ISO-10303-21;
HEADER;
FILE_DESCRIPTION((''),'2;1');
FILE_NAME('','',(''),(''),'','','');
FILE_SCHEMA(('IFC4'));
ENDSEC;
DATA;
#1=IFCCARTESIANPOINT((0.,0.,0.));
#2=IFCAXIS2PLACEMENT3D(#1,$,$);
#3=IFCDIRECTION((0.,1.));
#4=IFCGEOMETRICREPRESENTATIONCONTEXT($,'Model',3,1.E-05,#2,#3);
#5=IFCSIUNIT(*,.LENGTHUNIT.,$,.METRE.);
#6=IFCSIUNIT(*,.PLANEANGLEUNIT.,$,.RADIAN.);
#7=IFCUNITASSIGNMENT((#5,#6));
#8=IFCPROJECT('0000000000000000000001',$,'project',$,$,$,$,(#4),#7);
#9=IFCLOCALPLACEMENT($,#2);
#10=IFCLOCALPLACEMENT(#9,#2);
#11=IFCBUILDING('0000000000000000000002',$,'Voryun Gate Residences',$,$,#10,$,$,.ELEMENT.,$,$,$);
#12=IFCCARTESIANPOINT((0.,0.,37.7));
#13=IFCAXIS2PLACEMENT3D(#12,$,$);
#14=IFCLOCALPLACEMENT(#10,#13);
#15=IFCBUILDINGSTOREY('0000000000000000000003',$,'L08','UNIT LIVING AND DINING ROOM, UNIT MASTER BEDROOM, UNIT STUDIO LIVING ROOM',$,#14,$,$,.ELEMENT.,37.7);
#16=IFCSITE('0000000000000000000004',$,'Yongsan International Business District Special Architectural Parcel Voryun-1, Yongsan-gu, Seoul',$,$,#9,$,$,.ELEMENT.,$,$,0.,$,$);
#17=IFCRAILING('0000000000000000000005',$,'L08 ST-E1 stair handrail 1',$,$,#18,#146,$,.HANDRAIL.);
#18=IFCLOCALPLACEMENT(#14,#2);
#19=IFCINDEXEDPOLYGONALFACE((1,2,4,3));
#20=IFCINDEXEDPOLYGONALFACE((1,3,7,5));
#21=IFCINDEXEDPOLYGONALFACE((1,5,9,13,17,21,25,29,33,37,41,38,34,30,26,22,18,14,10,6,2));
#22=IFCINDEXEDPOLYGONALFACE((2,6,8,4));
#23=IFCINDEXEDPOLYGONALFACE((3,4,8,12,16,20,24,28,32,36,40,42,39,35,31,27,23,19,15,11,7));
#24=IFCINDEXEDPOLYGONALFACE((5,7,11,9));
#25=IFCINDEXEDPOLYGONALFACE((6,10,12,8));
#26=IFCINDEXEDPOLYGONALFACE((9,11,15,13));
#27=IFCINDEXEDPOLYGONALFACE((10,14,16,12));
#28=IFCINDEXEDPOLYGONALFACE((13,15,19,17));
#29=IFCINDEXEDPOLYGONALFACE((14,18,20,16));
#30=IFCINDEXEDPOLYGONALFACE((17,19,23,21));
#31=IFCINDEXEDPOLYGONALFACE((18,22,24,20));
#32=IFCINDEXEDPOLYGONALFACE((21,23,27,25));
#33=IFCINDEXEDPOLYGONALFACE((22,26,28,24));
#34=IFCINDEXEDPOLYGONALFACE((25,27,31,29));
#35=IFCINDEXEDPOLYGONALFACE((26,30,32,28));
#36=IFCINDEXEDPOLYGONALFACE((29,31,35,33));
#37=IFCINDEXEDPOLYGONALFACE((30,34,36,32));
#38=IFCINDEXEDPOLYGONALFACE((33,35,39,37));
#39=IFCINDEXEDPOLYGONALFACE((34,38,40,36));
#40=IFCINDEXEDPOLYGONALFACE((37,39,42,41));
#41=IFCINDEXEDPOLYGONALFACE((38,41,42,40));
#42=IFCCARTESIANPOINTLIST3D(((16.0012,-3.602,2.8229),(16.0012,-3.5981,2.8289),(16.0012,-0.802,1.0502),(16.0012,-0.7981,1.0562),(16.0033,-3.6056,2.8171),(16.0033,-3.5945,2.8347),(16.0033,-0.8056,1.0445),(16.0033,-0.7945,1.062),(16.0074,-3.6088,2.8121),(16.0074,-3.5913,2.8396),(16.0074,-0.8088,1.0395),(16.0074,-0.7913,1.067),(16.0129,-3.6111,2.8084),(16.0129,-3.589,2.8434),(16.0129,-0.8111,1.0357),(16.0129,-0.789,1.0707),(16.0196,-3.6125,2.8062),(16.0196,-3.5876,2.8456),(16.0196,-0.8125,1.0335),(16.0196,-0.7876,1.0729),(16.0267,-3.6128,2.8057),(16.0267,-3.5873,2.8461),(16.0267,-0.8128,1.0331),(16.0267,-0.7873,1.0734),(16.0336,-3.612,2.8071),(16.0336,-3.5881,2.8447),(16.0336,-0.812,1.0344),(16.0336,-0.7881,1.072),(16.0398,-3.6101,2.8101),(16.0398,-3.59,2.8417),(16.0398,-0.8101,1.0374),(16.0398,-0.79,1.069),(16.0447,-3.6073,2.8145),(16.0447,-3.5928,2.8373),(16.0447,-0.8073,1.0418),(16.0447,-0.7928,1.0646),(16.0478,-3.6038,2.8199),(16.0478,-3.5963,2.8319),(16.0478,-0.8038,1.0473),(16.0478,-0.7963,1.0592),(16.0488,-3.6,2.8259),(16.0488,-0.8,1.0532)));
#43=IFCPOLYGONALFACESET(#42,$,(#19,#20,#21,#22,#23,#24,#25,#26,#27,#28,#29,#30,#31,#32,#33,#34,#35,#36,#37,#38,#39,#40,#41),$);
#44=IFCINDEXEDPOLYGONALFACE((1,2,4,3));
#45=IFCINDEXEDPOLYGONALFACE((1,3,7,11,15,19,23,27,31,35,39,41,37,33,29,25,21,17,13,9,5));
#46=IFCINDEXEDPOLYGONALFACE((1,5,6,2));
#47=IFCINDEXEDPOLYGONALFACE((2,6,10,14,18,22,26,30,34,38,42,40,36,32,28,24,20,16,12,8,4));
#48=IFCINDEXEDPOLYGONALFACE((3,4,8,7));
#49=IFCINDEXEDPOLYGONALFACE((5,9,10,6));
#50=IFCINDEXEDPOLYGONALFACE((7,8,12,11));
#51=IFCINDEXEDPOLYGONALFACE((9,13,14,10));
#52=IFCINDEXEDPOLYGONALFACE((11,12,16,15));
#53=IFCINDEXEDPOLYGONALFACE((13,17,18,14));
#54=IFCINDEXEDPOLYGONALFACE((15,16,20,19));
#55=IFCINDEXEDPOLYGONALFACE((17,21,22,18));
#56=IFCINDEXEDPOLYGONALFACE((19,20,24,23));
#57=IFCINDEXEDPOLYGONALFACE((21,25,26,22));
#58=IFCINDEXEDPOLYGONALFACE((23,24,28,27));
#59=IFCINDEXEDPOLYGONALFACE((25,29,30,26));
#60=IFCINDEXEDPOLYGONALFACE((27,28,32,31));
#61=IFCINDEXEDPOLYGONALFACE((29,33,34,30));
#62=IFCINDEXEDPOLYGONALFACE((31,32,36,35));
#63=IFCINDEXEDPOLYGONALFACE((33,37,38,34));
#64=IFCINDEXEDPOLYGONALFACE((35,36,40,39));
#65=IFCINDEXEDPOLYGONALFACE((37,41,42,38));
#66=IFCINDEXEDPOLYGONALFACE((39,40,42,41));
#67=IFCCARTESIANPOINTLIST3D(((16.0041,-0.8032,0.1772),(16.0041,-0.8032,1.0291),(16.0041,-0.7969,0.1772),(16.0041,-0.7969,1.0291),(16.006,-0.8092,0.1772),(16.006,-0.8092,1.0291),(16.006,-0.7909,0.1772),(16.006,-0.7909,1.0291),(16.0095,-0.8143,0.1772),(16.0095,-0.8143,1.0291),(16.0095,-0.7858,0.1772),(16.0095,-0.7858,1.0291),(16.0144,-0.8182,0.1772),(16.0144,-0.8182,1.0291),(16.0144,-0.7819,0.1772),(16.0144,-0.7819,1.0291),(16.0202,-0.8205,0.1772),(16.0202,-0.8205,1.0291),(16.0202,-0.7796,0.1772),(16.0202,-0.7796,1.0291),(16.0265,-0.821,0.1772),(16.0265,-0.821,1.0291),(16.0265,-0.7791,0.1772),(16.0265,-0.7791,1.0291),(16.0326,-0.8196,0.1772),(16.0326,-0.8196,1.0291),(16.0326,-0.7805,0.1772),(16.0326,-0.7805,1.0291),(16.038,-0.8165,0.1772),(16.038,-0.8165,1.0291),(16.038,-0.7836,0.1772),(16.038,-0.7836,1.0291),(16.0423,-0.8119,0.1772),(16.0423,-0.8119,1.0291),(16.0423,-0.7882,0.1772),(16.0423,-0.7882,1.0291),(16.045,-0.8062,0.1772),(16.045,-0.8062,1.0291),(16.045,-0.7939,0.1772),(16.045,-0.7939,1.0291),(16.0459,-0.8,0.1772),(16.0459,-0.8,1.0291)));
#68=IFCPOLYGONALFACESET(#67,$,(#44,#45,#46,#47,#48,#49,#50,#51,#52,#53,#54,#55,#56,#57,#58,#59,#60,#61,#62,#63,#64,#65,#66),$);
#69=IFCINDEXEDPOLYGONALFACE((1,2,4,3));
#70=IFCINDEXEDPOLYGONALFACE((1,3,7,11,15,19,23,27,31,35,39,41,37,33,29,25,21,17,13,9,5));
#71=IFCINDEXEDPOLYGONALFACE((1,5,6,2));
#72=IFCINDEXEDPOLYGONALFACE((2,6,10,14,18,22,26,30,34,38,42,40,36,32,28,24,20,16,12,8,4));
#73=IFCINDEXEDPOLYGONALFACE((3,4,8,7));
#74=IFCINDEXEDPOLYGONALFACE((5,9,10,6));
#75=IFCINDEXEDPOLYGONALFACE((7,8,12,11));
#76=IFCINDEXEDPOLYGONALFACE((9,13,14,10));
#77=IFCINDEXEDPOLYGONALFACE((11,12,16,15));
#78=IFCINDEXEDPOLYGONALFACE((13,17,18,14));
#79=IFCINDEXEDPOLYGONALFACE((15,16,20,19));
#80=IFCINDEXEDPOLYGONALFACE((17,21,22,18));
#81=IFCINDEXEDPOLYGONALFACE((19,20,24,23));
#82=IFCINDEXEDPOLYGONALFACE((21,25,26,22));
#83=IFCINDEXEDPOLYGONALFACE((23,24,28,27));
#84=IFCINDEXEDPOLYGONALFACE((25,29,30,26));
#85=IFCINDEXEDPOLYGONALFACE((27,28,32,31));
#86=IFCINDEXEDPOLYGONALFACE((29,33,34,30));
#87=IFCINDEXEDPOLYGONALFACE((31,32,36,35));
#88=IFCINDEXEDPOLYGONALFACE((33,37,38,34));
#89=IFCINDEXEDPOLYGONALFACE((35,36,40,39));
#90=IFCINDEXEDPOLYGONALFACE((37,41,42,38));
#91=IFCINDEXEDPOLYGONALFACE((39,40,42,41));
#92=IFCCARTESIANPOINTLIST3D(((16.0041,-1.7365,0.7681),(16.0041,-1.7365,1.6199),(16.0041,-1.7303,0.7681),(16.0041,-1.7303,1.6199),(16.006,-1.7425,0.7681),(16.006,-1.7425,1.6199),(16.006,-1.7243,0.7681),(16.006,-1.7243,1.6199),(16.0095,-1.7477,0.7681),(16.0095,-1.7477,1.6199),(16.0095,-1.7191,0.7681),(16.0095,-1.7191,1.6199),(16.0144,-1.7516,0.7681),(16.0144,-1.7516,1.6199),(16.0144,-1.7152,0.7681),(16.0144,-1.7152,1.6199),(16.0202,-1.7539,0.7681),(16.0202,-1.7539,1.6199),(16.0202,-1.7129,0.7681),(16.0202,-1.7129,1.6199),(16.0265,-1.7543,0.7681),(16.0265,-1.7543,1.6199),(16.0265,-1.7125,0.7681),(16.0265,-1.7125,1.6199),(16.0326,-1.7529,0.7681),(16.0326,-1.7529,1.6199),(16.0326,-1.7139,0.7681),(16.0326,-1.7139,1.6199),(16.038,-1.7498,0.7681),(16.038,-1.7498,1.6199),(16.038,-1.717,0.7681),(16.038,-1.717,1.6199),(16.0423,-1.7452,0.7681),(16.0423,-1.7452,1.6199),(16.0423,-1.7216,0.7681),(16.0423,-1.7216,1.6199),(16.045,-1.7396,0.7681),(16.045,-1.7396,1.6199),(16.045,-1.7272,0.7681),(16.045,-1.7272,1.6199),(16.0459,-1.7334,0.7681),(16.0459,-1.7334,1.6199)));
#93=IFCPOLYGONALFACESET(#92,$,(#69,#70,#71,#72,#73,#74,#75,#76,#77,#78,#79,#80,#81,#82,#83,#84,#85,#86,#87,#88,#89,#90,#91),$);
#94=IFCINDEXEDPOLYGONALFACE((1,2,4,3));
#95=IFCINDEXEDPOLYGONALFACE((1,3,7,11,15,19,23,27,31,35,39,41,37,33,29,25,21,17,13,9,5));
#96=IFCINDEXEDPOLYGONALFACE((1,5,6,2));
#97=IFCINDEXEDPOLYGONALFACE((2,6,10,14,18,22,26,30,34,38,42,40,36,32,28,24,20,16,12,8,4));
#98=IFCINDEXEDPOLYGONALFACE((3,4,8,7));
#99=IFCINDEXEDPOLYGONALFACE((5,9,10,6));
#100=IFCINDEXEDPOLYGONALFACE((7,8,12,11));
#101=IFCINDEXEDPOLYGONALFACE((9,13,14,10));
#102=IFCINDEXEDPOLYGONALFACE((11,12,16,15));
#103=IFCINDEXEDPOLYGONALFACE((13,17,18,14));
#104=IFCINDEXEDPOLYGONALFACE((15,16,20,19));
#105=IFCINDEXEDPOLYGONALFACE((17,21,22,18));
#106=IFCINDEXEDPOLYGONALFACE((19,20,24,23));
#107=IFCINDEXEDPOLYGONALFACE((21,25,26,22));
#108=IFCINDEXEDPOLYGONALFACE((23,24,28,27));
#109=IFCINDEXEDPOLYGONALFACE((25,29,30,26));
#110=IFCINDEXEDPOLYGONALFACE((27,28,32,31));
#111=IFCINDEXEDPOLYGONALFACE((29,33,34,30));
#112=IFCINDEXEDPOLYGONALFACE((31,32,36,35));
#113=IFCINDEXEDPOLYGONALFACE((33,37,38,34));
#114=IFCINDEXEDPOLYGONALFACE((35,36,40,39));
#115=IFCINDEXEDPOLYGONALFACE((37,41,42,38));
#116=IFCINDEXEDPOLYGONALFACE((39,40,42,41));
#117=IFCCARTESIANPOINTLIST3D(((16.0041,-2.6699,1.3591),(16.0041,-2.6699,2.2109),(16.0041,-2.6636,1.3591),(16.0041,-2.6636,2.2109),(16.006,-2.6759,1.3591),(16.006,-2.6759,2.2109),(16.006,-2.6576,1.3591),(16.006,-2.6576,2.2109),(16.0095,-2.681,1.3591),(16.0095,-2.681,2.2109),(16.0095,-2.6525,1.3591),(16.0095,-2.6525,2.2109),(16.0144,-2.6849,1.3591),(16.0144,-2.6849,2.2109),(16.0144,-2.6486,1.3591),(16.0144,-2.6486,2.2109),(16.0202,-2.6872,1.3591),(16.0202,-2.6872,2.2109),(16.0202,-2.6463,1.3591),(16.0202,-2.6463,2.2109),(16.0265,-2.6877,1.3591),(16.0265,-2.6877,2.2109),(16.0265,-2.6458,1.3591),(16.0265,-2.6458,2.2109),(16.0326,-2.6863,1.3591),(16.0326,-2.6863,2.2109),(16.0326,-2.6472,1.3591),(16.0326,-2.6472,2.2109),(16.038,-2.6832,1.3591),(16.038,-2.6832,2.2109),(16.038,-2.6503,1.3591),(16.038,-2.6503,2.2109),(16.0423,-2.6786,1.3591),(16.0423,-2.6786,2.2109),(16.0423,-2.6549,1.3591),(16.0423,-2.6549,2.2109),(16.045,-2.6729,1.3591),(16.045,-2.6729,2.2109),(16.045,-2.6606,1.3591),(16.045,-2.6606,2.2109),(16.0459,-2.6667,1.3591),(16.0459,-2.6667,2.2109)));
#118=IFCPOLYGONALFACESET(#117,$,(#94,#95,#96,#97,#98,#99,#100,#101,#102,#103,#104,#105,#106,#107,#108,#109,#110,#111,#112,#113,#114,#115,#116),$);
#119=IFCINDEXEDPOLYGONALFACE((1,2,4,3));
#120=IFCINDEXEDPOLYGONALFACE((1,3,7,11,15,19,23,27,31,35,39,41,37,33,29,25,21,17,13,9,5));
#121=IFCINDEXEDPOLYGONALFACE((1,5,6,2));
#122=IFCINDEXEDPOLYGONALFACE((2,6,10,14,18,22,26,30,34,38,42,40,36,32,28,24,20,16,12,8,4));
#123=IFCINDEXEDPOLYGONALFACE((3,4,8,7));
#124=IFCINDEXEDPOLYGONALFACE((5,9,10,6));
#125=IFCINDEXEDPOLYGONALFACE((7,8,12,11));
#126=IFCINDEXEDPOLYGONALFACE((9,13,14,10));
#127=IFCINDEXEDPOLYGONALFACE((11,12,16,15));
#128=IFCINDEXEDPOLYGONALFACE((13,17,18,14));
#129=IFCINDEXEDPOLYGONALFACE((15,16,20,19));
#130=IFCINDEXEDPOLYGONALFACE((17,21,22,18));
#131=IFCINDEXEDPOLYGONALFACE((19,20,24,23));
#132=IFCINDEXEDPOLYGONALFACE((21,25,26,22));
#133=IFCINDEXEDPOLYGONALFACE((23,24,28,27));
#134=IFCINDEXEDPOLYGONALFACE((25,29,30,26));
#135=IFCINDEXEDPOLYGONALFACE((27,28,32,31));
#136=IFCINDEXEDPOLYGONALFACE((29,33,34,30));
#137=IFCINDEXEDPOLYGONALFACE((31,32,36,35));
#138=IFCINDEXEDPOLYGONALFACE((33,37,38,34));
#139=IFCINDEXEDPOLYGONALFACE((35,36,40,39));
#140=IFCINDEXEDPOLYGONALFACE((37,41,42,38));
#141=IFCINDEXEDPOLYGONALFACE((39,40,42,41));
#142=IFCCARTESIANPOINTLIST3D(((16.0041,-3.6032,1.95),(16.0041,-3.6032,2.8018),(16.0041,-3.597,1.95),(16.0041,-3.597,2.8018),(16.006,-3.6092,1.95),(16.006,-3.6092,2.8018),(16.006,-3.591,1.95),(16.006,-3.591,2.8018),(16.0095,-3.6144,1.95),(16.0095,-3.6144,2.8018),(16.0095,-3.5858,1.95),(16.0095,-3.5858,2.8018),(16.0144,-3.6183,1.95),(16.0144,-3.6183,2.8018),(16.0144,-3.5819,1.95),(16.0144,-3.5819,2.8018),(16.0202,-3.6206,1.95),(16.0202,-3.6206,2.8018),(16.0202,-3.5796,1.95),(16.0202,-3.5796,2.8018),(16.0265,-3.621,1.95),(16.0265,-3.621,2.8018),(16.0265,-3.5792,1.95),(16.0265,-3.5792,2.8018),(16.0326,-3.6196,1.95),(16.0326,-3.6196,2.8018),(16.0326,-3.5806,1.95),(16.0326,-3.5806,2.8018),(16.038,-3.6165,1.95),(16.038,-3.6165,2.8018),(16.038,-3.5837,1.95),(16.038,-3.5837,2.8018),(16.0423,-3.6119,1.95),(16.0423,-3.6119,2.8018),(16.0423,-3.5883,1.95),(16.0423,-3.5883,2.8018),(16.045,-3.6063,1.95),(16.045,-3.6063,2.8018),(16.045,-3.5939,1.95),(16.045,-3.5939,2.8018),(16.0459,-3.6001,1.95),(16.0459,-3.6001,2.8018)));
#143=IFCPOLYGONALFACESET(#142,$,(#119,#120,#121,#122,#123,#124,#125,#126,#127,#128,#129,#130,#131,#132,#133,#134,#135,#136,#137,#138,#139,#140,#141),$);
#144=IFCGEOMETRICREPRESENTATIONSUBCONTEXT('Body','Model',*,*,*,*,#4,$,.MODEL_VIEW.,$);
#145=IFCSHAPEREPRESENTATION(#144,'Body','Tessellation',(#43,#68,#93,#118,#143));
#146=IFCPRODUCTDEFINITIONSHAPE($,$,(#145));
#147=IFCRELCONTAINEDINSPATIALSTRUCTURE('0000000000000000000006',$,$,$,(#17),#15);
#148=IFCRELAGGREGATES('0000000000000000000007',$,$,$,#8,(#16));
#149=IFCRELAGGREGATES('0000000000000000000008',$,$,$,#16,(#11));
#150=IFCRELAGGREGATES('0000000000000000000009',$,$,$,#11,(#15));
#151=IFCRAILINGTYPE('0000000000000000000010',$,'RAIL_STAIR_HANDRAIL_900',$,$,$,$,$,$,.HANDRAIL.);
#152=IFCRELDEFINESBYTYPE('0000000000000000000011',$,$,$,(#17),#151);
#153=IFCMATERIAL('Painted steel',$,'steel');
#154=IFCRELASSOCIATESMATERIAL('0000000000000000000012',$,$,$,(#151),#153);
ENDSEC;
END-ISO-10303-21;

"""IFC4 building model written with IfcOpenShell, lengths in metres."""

from ifc_helpers import new_model, si_unit, direction, frame, origin, origin_2d, place, context, subcontext, project, spatial, circle, extrude, material, type_object, element, save


model = new_model("IFC4")

# Units and contexts
model_context = context("Model", 3, precision=1e-05, world=origin(), true_north=direction((0.0, 1.0)))
body_context = subcontext(model_context, "Body", "Model", "MODEL_VIEW")
ifc_project = project(units=[si_unit("LENGTHUNIT", "METRE"), si_unit("PLANEANGLEUNIT", "RADIAN")], contexts=[model_context])

# Site, building, storey
site_placement = place(None, origin())
site = spatial("IfcSite", under=ifc_project, at=site_placement, Name="Yongsan International Business District Special Architectural Parcel Voryun-1, Yongsan-gu, Seoul", CompositionType="ELEMENT", RefElevation=0.0)
building_placement = place(site_placement, origin())
building = spatial("IfcBuilding", under=site, at=building_placement, Name="Voryun Gate Residences", CompositionType="ELEMENT")
storey_placement = place(building_placement, frame((0.0, 0.0, 37.7)))
storey = spatial("IfcBuildingStorey", under=building, at=storey_placement, Name="L08", Description="UNIT LIVING AND DINING ROOM, UNIT MASTER BEDROOM, UNIT STUDIO LIVING ROOM", CompositionType="ELEMENT", Elevation=37.7)

# Railing
ifc_material_1 = material(Name="Painted steel", Category="steel")
railing_type_1 = type_object("IfcRailingType", Name="RAIL_STAIR_HANDRAIL_900", PredefinedType="HANDRAIL", material=ifc_material_1)
railing_1_placement = place(storey_placement, frame((16.0249, -0.8, 0.1772)))
element("IfcRailing", 1, at=railing_1_placement, inside=storey, type_object=railing_type_1, Name="L08 ST-E1 stair handrail 1", PredefinedType="HANDRAIL", context=body_context, shape_type="SweptSolid", body=[
    extrude(circle(Radius=0.0239, at=origin_2d()), frame((0.0, 0.0, 0.876), z_axis=(0.0, -0.844909, 0.53491), x_axis=(1.0, 0.0, 0.0)), (0.0, 0.0, 1.0), 3.314),
    extrude(circle(Radius=0.021, at=origin_2d()), origin(), (0.0, 0.0, 1.0), 0.8518),
    extrude(circle(Radius=0.021, at=origin_2d()), frame((0.0, -0.9333, 0.5908)), (0.0, 0.0, 1.0), 0.8518),
    extrude(circle(Radius=0.021, at=origin_2d()), frame((0.0, -1.8667, 1.1819)), (0.0, 0.0, 1.0), 0.8518),
    extrude(circle(Radius=0.021, at=origin_2d()), frame((0.0, -2.8, 1.7727)), (0.0, 0.0, 1.0), 0.8518),
])

save(model, "model.ifc")
